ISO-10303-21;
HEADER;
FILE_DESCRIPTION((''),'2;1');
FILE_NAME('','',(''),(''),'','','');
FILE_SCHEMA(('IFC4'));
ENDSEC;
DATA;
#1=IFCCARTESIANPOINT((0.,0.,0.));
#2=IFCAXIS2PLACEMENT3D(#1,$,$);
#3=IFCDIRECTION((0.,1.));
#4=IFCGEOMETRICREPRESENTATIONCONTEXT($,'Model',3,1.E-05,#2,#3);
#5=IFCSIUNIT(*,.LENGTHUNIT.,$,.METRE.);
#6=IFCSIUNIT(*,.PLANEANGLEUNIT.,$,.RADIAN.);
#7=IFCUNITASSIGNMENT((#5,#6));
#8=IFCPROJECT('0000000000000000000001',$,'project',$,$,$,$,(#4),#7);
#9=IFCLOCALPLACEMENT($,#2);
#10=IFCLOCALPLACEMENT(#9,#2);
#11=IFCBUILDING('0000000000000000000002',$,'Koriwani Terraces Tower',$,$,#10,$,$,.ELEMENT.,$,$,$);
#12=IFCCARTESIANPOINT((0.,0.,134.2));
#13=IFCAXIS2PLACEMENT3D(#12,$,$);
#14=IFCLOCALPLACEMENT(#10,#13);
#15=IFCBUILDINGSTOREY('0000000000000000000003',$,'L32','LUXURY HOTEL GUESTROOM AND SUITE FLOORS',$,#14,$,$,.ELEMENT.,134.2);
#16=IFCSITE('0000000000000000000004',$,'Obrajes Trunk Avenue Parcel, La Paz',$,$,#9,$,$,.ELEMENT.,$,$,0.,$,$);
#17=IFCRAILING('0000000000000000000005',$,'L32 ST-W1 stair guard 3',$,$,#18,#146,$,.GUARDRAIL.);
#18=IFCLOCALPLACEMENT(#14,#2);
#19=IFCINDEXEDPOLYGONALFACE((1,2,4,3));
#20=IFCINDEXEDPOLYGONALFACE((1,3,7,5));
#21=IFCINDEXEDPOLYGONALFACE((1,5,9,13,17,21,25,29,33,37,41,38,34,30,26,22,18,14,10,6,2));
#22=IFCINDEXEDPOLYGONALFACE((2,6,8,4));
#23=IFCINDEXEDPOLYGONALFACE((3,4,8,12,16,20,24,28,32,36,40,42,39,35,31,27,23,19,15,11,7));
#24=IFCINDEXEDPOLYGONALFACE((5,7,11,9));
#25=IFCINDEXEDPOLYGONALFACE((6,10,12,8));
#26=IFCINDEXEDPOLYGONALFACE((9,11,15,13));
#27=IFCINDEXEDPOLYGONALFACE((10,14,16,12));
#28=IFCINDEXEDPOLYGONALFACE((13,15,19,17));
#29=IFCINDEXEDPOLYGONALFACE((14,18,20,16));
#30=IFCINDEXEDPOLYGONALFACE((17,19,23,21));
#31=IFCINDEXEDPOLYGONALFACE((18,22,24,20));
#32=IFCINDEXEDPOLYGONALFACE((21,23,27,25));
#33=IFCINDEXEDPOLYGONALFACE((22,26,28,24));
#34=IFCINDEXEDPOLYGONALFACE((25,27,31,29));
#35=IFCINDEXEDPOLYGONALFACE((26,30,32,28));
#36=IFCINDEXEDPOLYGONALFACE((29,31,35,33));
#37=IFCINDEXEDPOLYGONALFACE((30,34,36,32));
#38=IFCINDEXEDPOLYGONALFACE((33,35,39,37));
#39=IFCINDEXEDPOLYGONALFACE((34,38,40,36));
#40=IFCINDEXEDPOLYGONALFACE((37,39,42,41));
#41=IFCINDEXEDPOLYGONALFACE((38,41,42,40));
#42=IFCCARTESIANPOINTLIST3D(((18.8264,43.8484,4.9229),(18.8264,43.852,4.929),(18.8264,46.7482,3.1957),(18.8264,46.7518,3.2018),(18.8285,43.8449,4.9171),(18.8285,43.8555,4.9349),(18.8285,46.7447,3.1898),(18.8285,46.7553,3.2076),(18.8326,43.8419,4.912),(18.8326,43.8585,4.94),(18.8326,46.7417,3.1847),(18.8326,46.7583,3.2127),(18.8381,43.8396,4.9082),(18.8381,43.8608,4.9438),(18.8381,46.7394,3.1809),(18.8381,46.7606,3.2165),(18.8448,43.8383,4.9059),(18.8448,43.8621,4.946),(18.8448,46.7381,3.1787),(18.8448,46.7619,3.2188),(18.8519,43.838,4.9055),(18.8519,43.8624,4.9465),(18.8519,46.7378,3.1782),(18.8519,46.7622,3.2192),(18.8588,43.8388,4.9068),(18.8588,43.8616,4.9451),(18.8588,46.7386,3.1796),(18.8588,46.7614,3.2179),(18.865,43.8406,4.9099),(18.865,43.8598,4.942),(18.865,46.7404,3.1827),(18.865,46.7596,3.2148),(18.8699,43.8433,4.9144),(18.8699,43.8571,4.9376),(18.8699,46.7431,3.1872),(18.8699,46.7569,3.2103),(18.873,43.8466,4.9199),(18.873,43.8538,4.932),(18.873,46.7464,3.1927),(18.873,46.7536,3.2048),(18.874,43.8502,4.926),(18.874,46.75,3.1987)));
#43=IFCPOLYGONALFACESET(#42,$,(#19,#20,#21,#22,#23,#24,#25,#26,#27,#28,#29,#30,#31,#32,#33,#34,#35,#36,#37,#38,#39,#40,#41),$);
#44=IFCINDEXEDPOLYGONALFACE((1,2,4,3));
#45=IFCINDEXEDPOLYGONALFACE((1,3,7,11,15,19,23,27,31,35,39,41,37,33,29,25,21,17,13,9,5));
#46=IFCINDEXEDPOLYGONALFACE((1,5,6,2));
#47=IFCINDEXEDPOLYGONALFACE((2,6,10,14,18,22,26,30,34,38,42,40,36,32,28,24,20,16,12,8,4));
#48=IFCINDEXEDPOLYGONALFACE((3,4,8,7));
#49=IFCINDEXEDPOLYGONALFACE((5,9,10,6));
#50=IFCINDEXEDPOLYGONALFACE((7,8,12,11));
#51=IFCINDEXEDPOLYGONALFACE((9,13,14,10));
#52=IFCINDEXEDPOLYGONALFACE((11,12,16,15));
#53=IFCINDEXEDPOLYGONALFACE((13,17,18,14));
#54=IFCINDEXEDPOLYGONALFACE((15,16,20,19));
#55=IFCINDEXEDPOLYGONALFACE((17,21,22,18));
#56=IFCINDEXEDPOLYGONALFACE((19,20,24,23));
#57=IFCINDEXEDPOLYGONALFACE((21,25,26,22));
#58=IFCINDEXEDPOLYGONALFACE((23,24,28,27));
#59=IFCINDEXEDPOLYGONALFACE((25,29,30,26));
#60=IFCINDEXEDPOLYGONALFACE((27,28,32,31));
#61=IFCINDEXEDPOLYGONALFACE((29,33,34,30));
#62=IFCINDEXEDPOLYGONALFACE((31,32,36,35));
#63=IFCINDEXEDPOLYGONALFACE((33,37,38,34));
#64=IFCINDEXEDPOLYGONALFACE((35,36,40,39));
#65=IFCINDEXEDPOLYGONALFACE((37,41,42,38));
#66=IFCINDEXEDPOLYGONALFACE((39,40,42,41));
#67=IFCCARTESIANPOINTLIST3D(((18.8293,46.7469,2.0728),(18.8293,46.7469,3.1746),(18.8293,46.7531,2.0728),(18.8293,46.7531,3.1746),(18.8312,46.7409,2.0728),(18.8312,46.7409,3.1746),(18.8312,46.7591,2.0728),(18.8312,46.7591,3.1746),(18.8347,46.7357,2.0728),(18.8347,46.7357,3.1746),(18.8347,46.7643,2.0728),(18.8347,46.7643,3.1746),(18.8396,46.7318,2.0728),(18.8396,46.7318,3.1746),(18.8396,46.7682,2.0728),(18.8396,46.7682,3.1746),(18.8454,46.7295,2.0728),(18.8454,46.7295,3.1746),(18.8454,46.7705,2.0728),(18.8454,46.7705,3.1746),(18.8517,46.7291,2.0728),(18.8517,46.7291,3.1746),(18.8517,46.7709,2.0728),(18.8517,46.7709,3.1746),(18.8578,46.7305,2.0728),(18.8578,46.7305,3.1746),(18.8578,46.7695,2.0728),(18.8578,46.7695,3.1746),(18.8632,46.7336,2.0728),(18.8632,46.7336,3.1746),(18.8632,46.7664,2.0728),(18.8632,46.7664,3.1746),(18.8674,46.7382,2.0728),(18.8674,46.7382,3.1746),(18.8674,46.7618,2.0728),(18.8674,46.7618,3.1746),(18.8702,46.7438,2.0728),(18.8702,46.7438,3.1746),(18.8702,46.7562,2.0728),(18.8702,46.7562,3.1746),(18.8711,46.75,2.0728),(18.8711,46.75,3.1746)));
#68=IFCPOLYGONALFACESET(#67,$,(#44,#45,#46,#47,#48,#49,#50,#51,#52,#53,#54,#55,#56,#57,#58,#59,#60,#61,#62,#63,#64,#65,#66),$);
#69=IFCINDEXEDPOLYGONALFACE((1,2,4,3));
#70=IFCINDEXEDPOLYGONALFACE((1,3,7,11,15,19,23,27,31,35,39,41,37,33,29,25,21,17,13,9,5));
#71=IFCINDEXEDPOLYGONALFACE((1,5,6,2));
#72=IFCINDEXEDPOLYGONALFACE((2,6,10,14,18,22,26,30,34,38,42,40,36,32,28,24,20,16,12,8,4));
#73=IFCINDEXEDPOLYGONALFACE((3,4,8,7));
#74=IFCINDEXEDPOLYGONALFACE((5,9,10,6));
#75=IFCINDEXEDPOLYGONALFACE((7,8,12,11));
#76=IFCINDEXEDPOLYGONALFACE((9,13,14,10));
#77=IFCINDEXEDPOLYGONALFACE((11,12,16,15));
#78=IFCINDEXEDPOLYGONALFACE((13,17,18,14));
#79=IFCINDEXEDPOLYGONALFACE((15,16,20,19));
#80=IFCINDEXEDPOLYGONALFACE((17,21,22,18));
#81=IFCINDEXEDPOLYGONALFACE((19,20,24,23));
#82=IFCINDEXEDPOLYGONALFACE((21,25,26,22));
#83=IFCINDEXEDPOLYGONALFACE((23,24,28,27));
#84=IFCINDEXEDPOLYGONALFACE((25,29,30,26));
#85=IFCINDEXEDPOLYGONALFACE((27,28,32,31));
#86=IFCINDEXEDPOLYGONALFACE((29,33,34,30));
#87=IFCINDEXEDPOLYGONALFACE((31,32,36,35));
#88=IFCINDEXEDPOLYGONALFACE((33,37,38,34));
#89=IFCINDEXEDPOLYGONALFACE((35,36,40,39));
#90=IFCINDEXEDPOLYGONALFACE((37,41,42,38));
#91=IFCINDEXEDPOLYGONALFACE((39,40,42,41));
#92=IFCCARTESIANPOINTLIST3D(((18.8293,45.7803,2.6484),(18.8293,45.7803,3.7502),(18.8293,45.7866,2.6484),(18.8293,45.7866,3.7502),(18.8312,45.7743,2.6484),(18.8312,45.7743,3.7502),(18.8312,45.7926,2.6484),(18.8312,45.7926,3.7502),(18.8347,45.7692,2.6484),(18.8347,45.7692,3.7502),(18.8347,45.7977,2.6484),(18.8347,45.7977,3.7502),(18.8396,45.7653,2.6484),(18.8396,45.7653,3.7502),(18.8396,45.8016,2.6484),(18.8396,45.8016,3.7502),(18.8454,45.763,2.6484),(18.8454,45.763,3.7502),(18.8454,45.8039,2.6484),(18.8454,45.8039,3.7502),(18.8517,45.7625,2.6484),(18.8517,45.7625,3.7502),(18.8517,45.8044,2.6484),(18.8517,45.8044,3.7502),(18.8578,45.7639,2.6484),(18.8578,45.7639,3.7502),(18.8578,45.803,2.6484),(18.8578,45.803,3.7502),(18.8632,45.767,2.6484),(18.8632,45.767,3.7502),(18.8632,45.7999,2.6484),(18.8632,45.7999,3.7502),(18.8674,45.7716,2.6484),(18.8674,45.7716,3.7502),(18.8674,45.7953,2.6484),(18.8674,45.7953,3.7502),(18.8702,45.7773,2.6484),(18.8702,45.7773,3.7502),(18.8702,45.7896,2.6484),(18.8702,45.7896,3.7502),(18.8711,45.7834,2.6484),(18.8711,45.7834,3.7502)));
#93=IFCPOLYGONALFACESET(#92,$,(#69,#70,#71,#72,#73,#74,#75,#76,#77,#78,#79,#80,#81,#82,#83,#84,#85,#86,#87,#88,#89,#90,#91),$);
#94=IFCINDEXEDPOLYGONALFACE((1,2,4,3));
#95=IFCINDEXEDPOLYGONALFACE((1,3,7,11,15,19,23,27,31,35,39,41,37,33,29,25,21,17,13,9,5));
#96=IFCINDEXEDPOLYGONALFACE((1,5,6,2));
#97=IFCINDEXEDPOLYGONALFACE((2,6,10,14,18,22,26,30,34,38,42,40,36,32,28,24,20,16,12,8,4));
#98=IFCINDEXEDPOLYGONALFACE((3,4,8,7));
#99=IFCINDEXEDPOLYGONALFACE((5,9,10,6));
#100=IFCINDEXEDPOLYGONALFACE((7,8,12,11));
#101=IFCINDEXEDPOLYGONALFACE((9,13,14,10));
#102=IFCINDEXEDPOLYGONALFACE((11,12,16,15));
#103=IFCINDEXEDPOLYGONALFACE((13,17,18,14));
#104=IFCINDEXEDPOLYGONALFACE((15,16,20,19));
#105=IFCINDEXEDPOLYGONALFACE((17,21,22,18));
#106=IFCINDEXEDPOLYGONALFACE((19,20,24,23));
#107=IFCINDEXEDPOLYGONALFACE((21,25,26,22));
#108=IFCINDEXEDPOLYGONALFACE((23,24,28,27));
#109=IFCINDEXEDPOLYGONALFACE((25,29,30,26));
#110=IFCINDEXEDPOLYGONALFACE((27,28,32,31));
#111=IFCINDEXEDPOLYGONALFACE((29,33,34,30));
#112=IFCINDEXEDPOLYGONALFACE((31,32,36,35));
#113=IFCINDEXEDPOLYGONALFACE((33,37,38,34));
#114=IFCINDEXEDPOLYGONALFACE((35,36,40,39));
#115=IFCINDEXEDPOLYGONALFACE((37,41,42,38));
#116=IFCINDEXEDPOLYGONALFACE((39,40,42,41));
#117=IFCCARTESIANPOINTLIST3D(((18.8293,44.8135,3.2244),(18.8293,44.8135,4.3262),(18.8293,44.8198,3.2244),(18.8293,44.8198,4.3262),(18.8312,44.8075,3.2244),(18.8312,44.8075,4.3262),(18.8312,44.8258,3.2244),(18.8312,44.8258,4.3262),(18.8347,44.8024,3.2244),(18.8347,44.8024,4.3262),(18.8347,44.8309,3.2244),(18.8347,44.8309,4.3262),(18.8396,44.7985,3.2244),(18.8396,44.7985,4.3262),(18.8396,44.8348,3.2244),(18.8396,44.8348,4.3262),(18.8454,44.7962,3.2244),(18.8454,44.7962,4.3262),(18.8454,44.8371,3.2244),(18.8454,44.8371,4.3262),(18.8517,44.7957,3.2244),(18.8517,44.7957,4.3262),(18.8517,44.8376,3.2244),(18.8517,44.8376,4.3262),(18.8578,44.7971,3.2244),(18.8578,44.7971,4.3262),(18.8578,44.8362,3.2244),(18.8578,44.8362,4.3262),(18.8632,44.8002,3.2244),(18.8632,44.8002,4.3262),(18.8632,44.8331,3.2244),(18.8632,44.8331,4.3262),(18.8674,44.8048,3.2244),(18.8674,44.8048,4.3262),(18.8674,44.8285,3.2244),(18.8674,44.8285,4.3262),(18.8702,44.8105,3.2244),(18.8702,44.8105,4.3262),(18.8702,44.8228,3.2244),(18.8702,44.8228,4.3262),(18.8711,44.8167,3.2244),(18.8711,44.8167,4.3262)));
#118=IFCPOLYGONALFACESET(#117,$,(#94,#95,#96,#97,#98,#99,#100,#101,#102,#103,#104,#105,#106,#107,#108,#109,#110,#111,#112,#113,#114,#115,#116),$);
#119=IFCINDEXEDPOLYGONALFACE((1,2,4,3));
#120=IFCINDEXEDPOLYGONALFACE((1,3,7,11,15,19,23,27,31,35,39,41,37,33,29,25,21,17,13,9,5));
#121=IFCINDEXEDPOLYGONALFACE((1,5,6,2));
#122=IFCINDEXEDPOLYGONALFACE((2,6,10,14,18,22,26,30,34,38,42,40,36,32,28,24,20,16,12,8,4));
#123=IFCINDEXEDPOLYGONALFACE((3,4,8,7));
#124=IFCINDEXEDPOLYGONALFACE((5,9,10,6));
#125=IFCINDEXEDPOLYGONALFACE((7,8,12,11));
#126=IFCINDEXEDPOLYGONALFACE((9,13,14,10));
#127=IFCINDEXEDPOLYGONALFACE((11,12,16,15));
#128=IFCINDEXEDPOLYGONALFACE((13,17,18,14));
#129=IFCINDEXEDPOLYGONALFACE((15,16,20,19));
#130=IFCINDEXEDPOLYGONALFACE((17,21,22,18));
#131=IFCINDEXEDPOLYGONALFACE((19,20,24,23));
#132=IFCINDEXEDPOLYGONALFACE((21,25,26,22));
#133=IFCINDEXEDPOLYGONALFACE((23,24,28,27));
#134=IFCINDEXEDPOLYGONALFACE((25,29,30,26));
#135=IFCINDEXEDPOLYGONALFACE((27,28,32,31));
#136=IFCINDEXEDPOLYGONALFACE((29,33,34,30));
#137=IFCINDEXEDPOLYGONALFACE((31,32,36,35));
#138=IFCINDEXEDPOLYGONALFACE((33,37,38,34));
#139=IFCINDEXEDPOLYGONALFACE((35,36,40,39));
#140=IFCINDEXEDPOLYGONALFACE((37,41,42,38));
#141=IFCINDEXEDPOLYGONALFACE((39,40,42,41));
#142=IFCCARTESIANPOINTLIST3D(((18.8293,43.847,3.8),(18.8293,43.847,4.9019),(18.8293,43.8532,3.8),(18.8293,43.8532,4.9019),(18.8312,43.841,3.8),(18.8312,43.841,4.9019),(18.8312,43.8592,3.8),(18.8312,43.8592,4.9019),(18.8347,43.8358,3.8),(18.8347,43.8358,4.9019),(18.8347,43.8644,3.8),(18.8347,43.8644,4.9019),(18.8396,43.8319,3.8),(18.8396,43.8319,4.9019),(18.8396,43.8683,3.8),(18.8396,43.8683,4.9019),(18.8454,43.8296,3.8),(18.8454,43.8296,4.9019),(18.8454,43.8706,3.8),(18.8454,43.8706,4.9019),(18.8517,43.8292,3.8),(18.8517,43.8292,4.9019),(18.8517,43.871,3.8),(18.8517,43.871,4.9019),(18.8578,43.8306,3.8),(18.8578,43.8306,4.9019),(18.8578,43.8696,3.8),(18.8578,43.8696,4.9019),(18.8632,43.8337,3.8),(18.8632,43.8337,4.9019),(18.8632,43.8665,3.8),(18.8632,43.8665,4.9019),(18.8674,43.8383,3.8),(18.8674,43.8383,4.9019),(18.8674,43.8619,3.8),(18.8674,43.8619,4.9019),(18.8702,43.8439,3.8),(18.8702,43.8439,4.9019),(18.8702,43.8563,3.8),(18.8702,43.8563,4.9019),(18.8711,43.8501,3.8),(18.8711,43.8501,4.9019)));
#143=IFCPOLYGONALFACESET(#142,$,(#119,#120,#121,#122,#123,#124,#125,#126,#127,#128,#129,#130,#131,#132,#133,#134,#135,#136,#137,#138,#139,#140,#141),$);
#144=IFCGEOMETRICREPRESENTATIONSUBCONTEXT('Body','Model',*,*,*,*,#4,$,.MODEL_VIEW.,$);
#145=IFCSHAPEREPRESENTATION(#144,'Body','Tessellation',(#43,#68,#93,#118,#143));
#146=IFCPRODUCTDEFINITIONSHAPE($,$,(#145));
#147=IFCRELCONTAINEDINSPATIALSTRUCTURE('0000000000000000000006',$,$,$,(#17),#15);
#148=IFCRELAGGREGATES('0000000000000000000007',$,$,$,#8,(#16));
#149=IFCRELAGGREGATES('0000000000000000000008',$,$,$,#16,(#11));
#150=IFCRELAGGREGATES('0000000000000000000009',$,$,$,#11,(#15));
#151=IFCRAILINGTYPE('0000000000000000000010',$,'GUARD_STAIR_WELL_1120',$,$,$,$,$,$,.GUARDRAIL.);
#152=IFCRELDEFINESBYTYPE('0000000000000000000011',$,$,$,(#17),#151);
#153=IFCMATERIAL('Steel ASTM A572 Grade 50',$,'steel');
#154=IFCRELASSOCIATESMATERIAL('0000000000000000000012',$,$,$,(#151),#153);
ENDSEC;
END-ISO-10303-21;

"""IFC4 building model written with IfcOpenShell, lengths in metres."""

from ifc_helpers import new_model, si_unit, direction, frame, origin, origin_2d, place, context, subcontext, project, spatial, circle, extrude, material, type_object, element, save


model = new_model("IFC4")

# Units and contexts
model_context = context("Model", 3, precision=1e-05, world=origin(), true_north=direction((0.0, 1.0)))
body_context = subcontext(model_context, "Body", "Model", "MODEL_VIEW")
ifc_project = project(units=[si_unit("LENGTHUNIT", "METRE"), si_unit("PLANEANGLEUNIT", "RADIAN")], contexts=[model_context])

# Site, building, storey
site_placement = place(None, origin())
site = spatial("IfcSite", under=ifc_project, at=site_placement, Name="Obrajes Trunk Avenue Parcel, La Paz", CompositionType="ELEMENT", RefElevation=0.0)
building_placement = place(site_placement, origin())
building = spatial("IfcBuilding", under=site, at=building_placement, Name="Koriwani Terraces Tower", CompositionType="ELEMENT")
storey_placement = place(building_placement, frame((0.0, 0.0, 134.2)))
storey = spatial("IfcBuildingStorey", under=building, at=storey_placement, Name="L32", Description="LUXURY HOTEL GUESTROOM AND SUITE FLOORS", CompositionType="ELEMENT", Elevation=134.2)

# Shared definitions
ifc_material_1 = material(Name="Steel ASTM A572 Grade 50", Category="steel")

# Railing
railing_type_1 = type_object("IfcRailingType", Name="GUARD_STAIR_WELL_1120", PredefinedType="GUARDRAIL", material=ifc_material_1)
railing_1_placement = place(storey_placement, frame((18.8501, 46.75, 2.0728)))
element("IfcRailing", 1, at=railing_1_placement, inside=storey, type_object=railing_type_1, Name="L32 ST-W1 stair guard 3", PredefinedType="GUARDRAIL", context=body_context, shape_type="SweptSolid", body=[
    extrude(circle(Radius=0.0239, at=origin_2d()), frame((0.0, 0.0, 1.126), z_axis=(0.0, -0.859141, 0.511738), x_axis=(1.0, 0.0, 0.0)), (0.0, 0.0, 1.0), 3.3752),
    extrude(circle(Radius=0.021, at=origin_2d()), origin(), (0.0, 0.0, 1.0), 1.1018),
    extrude(circle(Radius=0.021, at=origin_2d()), frame((0.0, -0.9666, 0.5757)), (0.0, 0.0, 1.0), 1.1018),
    extrude(circle(Radius=0.021, at=origin_2d()), frame((0.0, -1.9333, 1.1516)), (0.0, 0.0, 1.0), 1.1018),
    extrude(circle(Radius=0.021, at=origin_2d()), frame((0.0, -2.8999, 1.7273)), (0.0, 0.0, 1.0), 1.1018),
])

save(model, "model.ifc")
